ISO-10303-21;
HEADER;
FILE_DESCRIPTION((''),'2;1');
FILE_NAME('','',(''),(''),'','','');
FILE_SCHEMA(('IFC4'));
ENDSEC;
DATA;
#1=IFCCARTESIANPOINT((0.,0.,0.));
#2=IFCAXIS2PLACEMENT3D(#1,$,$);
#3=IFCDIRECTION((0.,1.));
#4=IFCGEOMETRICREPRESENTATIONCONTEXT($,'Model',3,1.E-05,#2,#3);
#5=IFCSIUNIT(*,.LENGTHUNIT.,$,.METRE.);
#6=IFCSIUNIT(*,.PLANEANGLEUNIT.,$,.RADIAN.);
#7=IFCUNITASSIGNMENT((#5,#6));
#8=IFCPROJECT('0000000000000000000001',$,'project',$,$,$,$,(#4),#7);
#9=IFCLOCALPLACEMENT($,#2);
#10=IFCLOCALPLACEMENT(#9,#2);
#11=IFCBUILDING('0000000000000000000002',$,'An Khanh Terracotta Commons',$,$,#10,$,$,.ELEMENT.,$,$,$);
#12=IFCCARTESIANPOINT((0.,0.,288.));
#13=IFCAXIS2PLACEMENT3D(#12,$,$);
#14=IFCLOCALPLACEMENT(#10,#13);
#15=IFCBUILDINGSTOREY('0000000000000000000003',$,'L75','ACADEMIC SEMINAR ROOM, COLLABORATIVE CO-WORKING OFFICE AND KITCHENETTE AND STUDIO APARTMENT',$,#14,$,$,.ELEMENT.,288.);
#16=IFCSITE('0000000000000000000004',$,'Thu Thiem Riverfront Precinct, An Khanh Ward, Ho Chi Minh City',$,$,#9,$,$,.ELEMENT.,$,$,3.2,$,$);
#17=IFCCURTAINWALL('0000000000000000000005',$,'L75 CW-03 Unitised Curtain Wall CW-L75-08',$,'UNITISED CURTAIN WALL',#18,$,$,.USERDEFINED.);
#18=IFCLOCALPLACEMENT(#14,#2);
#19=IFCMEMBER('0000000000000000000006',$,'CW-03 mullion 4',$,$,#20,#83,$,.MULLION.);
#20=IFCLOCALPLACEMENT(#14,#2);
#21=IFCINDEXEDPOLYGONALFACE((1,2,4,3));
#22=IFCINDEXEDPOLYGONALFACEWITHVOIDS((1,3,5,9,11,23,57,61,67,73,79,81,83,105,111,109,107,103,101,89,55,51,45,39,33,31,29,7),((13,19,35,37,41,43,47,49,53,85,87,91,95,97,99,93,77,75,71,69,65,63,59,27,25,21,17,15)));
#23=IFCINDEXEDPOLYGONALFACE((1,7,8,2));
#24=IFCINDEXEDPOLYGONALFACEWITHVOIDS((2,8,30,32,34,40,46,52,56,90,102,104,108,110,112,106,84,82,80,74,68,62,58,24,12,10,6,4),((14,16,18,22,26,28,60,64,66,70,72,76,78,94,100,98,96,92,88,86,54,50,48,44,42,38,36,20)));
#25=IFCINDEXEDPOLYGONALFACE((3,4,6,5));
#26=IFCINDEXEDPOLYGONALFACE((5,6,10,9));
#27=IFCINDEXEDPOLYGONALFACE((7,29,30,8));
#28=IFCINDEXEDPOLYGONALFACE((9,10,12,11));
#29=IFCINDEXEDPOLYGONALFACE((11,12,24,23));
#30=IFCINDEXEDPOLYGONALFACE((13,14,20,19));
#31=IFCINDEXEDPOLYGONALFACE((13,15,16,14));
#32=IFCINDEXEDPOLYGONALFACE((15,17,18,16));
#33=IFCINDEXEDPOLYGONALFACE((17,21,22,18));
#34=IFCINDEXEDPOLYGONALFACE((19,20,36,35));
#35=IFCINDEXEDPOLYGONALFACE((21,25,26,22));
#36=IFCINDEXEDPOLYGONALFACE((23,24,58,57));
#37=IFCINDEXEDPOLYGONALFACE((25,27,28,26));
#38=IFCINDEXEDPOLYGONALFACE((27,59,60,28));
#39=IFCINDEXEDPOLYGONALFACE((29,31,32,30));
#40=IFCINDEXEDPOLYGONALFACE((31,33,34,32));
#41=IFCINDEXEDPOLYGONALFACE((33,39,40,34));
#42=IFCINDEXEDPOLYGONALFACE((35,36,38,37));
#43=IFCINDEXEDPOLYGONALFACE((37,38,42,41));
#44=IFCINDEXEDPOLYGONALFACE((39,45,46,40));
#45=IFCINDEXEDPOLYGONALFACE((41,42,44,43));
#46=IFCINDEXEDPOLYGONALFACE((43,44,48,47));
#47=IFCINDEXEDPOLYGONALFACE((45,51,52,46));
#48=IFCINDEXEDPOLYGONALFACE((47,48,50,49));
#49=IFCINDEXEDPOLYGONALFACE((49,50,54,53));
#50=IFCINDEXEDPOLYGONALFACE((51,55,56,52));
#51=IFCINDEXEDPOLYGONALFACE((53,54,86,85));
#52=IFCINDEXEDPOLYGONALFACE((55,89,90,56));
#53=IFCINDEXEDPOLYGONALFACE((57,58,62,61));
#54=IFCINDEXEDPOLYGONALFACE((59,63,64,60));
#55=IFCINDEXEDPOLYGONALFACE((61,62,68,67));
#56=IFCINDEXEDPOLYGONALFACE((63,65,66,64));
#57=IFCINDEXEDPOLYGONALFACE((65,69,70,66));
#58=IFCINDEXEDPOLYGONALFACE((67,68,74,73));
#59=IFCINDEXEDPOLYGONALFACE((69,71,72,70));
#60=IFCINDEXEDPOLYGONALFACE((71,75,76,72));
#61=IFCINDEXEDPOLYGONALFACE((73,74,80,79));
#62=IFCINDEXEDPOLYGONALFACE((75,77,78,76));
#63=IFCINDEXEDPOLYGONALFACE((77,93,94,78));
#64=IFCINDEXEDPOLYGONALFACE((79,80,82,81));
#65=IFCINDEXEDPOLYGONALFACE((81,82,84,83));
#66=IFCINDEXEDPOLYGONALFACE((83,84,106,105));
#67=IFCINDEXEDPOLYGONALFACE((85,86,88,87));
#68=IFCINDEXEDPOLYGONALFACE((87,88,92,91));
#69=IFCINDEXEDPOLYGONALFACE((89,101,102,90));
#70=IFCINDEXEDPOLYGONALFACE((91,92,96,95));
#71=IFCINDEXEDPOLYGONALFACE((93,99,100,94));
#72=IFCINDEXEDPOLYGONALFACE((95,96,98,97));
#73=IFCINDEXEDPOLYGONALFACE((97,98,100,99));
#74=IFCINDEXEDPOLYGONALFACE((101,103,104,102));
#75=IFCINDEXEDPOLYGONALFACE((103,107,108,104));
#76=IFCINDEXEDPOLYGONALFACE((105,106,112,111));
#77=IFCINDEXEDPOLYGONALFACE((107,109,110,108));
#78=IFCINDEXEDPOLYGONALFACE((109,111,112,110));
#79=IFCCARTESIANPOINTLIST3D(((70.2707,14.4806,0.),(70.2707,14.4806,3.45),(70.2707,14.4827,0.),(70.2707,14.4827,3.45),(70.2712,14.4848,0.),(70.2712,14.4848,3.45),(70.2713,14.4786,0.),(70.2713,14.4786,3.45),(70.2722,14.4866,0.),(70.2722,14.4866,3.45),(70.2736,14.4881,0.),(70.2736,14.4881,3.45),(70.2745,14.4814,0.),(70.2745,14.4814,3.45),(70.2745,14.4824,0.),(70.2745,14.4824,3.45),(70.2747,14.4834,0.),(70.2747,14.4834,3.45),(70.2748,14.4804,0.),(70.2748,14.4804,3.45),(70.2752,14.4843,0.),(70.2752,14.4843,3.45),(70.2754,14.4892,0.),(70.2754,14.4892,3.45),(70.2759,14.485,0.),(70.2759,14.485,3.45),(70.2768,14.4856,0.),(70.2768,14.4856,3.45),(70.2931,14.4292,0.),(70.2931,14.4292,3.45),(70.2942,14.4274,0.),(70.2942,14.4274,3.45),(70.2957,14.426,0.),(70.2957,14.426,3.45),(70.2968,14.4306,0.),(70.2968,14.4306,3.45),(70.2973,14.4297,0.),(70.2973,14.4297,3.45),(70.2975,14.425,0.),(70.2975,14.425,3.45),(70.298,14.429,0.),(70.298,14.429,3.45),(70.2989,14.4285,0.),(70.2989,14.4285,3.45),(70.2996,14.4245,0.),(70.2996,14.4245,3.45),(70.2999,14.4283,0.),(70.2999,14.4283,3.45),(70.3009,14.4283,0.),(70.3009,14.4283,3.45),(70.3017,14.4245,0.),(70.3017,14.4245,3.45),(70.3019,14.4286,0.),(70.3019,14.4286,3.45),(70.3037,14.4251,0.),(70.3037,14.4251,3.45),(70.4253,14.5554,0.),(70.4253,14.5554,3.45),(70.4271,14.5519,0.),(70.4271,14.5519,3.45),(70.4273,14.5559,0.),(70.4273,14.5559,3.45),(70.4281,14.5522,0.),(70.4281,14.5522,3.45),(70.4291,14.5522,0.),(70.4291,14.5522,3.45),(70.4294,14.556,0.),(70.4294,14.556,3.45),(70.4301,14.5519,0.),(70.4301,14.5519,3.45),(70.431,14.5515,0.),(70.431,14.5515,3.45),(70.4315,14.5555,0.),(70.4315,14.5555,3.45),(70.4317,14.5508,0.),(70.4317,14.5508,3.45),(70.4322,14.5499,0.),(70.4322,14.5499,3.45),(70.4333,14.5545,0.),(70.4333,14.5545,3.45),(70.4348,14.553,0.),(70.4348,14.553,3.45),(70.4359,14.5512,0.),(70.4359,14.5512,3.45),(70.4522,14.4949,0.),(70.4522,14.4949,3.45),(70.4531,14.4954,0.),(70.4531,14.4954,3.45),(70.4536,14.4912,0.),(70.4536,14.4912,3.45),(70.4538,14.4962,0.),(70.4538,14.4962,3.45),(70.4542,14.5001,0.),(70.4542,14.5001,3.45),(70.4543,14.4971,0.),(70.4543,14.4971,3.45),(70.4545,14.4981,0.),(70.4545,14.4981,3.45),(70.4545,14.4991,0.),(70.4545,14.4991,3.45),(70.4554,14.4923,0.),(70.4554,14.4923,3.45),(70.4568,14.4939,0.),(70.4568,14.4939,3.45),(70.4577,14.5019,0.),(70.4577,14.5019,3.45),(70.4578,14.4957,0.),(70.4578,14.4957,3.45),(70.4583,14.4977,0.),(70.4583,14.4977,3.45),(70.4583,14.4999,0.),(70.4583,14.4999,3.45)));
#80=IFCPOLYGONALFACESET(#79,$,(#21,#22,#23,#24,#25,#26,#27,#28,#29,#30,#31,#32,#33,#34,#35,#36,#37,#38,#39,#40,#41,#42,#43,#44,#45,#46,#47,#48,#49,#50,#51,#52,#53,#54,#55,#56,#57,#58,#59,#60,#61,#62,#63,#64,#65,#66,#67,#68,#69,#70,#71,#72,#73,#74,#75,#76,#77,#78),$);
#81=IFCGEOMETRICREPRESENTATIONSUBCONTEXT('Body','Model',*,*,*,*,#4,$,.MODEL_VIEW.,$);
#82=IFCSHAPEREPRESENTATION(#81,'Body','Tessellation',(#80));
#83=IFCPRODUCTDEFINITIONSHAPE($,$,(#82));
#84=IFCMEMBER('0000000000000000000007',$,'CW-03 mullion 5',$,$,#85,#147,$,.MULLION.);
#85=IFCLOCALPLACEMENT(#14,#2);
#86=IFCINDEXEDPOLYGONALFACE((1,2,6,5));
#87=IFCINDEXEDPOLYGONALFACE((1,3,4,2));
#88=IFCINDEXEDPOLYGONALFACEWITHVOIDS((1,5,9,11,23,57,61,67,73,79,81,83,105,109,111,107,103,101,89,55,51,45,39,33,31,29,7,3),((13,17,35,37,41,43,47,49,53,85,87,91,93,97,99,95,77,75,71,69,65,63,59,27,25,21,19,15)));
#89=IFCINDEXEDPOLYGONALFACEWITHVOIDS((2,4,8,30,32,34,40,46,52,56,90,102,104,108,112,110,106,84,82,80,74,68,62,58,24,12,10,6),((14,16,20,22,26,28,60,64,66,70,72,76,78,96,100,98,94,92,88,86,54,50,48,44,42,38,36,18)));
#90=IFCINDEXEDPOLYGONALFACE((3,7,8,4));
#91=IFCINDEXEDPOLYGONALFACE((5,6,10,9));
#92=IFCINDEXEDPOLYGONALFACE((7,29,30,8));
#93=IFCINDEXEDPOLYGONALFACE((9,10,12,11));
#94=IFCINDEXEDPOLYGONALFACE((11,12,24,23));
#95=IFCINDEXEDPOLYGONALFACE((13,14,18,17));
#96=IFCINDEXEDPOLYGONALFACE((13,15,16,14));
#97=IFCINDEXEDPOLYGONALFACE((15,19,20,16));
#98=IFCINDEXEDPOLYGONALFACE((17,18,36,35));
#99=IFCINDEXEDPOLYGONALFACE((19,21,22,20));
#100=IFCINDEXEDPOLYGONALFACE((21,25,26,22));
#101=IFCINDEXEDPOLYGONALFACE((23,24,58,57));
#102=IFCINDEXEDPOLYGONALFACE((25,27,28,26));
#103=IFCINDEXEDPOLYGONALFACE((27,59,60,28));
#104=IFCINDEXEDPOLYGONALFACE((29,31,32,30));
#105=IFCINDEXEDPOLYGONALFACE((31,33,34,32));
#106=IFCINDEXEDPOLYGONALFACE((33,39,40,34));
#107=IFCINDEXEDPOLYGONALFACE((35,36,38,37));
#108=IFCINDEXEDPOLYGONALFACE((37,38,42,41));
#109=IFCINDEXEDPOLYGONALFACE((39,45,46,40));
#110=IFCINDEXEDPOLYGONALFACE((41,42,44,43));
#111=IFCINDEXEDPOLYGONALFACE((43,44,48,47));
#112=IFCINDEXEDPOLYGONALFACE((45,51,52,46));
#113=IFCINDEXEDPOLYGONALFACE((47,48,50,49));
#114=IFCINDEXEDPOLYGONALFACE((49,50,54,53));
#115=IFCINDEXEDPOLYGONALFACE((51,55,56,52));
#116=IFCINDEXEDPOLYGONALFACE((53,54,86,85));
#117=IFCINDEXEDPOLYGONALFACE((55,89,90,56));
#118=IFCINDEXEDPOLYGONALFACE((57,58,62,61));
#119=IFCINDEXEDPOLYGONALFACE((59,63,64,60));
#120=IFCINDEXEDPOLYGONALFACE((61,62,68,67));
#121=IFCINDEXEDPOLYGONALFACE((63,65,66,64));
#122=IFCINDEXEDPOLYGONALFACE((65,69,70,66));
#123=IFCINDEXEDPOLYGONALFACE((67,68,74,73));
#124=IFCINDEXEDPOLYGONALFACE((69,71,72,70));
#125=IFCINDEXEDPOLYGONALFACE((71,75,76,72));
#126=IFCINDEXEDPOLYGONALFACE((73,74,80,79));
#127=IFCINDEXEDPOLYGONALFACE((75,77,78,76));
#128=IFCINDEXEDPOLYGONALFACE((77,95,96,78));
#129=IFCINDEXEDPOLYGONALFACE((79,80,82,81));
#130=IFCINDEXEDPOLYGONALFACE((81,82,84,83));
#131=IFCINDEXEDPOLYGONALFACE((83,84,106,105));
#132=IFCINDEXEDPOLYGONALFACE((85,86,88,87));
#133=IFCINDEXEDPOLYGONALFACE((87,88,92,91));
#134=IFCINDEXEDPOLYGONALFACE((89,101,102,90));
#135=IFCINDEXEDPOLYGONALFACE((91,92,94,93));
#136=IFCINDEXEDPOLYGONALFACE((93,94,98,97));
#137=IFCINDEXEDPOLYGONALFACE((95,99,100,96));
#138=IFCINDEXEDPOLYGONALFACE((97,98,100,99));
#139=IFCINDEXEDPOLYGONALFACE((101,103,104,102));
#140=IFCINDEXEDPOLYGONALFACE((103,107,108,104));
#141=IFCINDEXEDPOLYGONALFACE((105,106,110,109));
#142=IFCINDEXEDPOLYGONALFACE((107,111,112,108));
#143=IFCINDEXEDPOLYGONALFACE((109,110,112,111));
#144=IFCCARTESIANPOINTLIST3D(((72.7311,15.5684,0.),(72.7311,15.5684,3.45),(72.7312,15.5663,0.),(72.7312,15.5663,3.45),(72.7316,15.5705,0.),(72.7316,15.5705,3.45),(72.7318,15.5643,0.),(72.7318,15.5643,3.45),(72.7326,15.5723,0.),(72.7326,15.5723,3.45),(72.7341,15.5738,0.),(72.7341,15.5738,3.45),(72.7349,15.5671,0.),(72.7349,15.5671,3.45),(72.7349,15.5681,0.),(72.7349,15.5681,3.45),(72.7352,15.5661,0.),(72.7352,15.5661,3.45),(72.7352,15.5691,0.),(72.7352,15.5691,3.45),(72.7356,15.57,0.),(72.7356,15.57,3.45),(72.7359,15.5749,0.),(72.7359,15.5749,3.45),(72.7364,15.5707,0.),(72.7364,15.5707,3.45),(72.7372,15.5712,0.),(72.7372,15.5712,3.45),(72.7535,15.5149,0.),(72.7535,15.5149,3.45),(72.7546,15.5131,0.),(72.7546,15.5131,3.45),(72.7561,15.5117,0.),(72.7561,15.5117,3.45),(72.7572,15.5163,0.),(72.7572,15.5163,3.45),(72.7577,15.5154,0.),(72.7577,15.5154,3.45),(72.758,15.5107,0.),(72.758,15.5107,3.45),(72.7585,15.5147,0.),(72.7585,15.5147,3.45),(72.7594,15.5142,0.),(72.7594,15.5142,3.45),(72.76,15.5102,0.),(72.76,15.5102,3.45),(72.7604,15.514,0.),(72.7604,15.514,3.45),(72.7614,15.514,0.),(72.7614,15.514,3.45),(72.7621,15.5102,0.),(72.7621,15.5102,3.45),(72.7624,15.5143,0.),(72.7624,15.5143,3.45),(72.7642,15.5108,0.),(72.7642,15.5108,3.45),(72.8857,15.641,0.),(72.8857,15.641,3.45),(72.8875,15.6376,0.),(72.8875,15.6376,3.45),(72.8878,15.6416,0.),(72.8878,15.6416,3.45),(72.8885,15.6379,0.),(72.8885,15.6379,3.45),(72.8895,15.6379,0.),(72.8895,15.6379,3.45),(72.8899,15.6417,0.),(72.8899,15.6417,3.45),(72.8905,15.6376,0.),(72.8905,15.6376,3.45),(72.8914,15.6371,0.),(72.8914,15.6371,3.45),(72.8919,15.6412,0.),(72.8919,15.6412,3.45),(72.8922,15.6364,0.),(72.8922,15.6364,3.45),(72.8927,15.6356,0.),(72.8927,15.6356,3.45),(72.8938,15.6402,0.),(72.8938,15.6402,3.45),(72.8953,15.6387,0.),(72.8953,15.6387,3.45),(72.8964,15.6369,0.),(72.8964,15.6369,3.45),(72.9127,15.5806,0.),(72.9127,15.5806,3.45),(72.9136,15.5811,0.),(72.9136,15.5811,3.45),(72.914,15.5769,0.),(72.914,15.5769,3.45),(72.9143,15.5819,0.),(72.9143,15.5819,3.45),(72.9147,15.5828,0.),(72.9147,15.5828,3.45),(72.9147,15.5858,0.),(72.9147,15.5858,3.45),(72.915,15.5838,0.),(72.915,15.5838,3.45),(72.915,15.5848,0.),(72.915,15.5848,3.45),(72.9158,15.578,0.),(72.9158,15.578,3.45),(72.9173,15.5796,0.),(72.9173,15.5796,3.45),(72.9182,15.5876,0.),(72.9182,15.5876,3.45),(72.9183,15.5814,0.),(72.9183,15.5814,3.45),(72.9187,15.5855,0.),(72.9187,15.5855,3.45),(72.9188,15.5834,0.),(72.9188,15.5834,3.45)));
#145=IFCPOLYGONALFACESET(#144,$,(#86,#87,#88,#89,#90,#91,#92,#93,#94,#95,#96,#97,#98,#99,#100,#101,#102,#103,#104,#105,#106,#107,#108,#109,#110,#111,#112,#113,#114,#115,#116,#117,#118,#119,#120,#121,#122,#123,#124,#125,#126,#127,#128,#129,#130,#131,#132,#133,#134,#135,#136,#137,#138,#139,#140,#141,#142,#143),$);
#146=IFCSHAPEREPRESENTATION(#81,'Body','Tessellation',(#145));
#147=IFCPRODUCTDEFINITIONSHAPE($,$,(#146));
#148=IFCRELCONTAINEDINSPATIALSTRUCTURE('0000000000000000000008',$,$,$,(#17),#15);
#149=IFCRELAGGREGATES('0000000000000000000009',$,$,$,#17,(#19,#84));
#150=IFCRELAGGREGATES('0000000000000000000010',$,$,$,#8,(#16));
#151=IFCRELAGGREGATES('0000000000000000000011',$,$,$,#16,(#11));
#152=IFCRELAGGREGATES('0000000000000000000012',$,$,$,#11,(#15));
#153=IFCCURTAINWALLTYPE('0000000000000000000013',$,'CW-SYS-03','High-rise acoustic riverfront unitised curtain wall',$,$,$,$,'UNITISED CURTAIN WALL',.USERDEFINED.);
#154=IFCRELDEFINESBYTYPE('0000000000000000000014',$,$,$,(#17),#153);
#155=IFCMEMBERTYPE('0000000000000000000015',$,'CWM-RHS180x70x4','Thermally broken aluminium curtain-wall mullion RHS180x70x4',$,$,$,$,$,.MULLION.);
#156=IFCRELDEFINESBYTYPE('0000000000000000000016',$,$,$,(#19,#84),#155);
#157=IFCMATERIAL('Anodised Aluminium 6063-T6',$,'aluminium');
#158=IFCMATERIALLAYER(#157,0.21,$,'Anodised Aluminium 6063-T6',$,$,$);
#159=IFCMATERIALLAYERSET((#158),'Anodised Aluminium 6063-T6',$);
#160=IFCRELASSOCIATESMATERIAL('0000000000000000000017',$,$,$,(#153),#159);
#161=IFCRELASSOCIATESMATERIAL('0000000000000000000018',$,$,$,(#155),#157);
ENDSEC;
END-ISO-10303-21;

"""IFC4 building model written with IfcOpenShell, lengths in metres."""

from ifc_helpers import new_model, si_unit, direction, frame, origin, origin_2d, place, context, subcontext, project, spatial, hollow_rectangle, extrude, material, layer, layer_set, material_profile, profile_set, type_object, element, aggregate, save


model = new_model("IFC4")

# Units and contexts
model_context = context("Model", 3, precision=1e-05, world=origin(), true_north=direction((0.0, 1.0)))
body_context = subcontext(model_context, "Body", "Model", "MODEL_VIEW")
ifc_project = project(units=[si_unit("LENGTHUNIT", "METRE"), si_unit("PLANEANGLEUNIT", "RADIAN")], contexts=[model_context])

# Site, building, storey
site_placement = place(None, origin())
site = spatial("IfcSite", under=ifc_project, at=site_placement, Name="Thu Thiem Riverfront Precinct, An Khanh Ward, Ho Chi Minh City", CompositionType="ELEMENT", RefElevation=3.2)
building_placement = place(site_placement, origin())
building = spatial("IfcBuilding", under=site, at=building_placement, Name="An Khanh Terracotta Commons", CompositionType="ELEMENT")
storey_placement = place(building_placement, frame((0.0, 0.0, 288.0)))
storey = spatial("IfcBuildingStorey", under=building, at=storey_placement, Name="L75", Description="ACADEMIC SEMINAR ROOM, COLLABORATIVE CO-WORKING OFFICE AND KITCHENETTE AND STUDIO APARTMENT", CompositionType="ELEMENT", Elevation=288.0)

# Curtain wall, members
ifc_material_1 = material(Name="Anodised Aluminium 6063-T6", Category="aluminium")
ifc_layer_1 = layer(ifc_material_1, 0.21, Name="Anodised Aluminium 6063-T6")
ifc_layer_set_1 = layer_set([ifc_layer_1], Name="Anodised Aluminium 6063-T6")
curtain_wall_type_1 = type_object("IfcCurtainWallType", Name="CW-SYS-03", Description="High-rise acoustic riverfront unitised curtain wall", ElementType="UNITISED CURTAIN WALL", PredefinedType="USERDEFINED", material=ifc_layer_set_1)
curtain_wall_1_placement = place(storey_placement, origin())
curtain_wall_1 = element("IfcCurtainWall", 1, at=curtain_wall_1_placement, inside=storey, type_object=curtain_wall_type_1, Name="L75 CW-03 Unitised Curtain Wall CW-L75-08", ObjectType="UNITISED CURTAIN WALL", PredefinedType="USERDEFINED")
ifc_material_profile_1 = material_profile(ifc_material_1, hollow_rectangle(XDim=0.0701, YDim=0.1799, WallThickness=0.0039, InnerFilletRadius=0.0039, OuterFilletRadius=0.0081, at=origin_2d()), Name="RHS180x70x4")
ifc_profile_set_1 = profile_set([ifc_material_profile_1], Name="Anodised Aluminium 6063-T6")
member_type_1 = type_object("IfcMemberType", Name="CWM-RHS180x70x4", Description="Thermally broken aluminium curtain-wall mullion RHS180x70x4", PredefinedType="MULLION", material=ifc_profile_set_1)
member_1_placement = place(storey_placement, frame((70.3645, 14.4902, 0.0), z_axis=(0.0, 0.0, 1.0), x_axis=(-0.403676, 0.914902, 0.0)))
member_1 = element("IfcMember", 2, at=member_1_placement, type_object=member_type_1, Name="CW-03 mullion 4", PredefinedType="MULLION", context=body_context, shape_type="SweptSolid", body=[
    extrude(hollow_rectangle(XDim=0.0701, YDim=0.1799, WallThickness=0.0039, InnerFilletRadius=0.0039, OuterFilletRadius=0.0081, at=origin_2d()), origin(), (0.0, 0.0, 1.0), 3.45),
])
member_2_placement = place(storey_placement, frame((72.825, 15.5759, 0.0), z_axis=(0.0, 0.0, 1.0), x_axis=(-0.403676, 0.914902, 0.0)))
member_2 = element("IfcMember", 3, at=member_2_placement, type_object=member_type_1, Name="CW-03 mullion 5", PredefinedType="MULLION", context=body_context, shape_type="SweptSolid", body=[
    extrude(hollow_rectangle(XDim=0.0701, YDim=0.1799, WallThickness=0.0039, InnerFilletRadius=0.0039, OuterFilletRadius=0.0081, at=origin_2d()), origin(), (0.0, 0.0, 1.0), 3.45),
])

aggregate(curtain_wall_1, [member_1, member_2])

save(model, "model.ifc")
